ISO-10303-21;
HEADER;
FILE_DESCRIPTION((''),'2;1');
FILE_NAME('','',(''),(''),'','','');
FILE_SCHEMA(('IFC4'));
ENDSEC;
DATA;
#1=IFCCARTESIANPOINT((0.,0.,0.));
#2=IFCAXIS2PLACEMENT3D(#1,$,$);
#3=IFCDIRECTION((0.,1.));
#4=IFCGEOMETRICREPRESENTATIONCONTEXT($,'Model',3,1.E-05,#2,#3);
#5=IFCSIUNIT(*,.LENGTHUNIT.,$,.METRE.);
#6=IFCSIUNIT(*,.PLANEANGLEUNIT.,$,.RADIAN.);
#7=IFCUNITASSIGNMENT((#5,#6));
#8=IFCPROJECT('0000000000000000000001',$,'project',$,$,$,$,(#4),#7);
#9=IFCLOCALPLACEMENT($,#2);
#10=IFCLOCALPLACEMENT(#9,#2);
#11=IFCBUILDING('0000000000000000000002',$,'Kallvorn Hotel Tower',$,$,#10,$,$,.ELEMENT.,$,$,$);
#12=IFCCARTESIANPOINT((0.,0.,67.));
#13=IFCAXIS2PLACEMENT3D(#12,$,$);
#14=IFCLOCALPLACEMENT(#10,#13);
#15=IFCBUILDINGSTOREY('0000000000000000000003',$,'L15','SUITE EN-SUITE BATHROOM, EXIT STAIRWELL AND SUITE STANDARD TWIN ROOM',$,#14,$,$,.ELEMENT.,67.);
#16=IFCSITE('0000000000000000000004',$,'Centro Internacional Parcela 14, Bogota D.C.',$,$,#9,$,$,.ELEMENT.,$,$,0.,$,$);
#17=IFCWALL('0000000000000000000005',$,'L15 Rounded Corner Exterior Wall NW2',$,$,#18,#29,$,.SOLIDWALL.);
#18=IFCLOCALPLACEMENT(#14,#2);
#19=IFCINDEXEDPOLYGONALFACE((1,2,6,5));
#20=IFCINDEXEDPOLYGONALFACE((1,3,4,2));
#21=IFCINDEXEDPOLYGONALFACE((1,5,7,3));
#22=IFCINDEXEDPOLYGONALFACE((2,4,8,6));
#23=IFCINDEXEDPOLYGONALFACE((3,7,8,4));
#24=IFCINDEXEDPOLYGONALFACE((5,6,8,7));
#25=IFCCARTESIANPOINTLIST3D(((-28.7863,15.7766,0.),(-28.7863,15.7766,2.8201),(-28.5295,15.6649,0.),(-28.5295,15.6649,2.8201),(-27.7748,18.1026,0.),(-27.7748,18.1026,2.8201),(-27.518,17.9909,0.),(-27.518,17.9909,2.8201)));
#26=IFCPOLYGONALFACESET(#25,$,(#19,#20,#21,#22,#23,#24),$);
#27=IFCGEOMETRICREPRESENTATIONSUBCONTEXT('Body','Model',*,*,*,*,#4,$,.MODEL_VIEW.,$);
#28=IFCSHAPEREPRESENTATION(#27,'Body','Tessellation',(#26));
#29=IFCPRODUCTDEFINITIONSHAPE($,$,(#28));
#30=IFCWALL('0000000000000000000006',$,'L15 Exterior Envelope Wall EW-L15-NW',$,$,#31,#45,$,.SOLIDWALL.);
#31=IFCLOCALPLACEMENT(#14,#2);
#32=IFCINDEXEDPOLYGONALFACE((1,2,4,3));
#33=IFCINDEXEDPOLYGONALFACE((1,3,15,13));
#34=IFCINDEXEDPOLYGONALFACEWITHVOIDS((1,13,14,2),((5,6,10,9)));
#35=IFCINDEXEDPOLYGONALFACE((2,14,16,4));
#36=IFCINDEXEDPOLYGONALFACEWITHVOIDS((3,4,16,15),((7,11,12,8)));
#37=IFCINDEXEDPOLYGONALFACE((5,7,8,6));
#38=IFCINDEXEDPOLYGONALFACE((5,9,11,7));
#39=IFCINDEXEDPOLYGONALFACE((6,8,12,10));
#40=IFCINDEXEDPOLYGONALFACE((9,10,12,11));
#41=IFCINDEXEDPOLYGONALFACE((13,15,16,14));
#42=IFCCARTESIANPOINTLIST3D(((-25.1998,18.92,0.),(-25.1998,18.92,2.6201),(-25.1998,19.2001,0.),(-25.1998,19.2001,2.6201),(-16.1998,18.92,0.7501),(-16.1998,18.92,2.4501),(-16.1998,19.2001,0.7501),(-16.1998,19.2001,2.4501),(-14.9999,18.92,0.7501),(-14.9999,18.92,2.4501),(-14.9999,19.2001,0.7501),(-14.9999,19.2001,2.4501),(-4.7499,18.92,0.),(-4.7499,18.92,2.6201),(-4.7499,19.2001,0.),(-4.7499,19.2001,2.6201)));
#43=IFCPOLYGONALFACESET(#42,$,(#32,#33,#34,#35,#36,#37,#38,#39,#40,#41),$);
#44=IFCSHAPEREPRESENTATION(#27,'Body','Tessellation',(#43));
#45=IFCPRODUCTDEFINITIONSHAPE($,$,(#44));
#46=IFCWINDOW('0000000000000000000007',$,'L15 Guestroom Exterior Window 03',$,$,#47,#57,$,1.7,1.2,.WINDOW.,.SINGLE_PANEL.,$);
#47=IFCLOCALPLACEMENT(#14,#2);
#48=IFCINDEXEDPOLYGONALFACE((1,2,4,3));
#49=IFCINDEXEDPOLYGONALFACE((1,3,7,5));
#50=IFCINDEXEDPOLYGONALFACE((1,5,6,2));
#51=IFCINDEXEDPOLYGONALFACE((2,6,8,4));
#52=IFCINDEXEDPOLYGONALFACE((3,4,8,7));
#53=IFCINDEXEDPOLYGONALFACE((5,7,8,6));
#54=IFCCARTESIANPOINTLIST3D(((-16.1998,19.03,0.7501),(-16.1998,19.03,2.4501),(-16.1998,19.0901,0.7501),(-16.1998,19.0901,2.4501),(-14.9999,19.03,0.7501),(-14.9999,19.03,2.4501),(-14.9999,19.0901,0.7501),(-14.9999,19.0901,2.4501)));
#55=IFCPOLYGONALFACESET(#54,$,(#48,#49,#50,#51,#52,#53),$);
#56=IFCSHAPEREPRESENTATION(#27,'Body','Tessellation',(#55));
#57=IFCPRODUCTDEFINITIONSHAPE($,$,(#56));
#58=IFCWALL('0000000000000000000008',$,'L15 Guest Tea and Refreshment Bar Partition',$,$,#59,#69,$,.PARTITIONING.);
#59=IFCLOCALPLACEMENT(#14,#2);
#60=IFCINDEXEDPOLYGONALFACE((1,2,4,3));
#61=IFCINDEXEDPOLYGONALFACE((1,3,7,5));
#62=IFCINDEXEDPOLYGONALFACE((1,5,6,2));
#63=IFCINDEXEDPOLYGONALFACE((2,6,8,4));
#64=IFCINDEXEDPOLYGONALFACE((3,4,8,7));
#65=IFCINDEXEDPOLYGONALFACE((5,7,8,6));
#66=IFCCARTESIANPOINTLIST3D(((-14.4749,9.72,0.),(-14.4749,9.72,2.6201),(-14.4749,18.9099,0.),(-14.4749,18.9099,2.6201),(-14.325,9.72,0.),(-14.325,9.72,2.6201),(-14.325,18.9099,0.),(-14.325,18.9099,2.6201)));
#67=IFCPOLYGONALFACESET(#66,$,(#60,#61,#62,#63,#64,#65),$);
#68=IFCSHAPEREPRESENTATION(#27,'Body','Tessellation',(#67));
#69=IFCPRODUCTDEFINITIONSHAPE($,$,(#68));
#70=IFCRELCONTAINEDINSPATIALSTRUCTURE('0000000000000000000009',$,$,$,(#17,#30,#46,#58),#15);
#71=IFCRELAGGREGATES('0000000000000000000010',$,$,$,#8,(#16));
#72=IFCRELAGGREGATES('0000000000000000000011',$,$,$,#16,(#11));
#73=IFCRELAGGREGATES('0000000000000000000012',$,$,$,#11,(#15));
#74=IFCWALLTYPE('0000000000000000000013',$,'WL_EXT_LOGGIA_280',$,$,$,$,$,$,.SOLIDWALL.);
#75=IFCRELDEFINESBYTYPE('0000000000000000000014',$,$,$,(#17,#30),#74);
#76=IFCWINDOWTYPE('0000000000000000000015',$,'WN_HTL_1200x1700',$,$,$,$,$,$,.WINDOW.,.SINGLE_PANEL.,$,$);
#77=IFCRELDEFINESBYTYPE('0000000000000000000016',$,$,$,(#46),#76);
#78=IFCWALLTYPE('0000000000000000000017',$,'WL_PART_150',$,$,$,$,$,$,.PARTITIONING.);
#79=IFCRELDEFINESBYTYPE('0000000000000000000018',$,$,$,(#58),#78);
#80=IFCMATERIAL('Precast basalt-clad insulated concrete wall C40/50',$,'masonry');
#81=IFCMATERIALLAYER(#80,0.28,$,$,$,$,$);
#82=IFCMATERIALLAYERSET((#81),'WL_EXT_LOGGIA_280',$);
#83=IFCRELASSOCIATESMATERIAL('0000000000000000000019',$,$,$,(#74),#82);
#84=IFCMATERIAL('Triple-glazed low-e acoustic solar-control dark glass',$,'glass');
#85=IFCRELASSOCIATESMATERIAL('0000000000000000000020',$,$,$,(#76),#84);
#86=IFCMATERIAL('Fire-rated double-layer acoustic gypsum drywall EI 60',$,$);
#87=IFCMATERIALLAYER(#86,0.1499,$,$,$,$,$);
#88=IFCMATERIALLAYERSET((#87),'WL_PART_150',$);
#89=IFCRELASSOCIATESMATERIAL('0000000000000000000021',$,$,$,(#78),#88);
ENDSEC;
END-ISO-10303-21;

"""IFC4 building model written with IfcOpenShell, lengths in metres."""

from ifc_helpers import new_model, si_unit, direction, frame, frame_2d, origin, place, context, subcontext, project, spatial, rectangle, extrude, material, layer, layer_set, type_object, element, fill, save


model = new_model("IFC4")

# Units and contexts
model_context = context("Model", 3, precision=1e-05, world=origin(), true_north=direction((0.0, 1.0)))
body_context = subcontext(model_context, "Body", "Model", "MODEL_VIEW")
ifc_project = project(units=[si_unit("LENGTHUNIT", "METRE"), si_unit("PLANEANGLEUNIT", "RADIAN")], contexts=[model_context])

# Site, building, storey
site_placement = place(None, origin())
site = spatial("IfcSite", under=ifc_project, at=site_placement, Name="Centro Internacional Parcela 14, Bogota D.C.", CompositionType="ELEMENT", RefElevation=0.0)
building_placement = place(site_placement, origin())
building = spatial("IfcBuilding", under=site, at=building_placement, Name="Kallvorn Hotel Tower", CompositionType="ELEMENT")
storey_placement = place(building_placement, frame((0.0, 0.0, 67.0)))
storey = spatial("IfcBuildingStorey", under=building, at=storey_placement, Name="L15", Description="SUITE EN-SUITE BATHROOM, EXIT STAIRWELL AND SUITE STANDARD TWIN ROOM", CompositionType="ELEMENT", Elevation=67.0)

# Wall
ifc_material_1 = material(Name="Precast basalt-clad insulated concrete wall C40/50", Category="masonry")
ifc_layer_1 = layer(ifc_material_1, 0.28)
ifc_layer_set_1 = layer_set([ifc_layer_1], Name="WL_EXT_LOGGIA_280")
wall_type_1 = type_object("IfcWallType", Name="WL_EXT_LOGGIA_280", PredefinedType="SOLIDWALL", material=ifc_layer_set_1)
wall_1_placement = place(storey_placement, frame((-27.6465, 18.0466, 0.0), z_axis=(0.0, 0.0, 1.0), x_axis=(-0.398793, -0.917041, 0.0)))
element("IfcWall", 1, at=wall_1_placement, inside=storey, type_object=wall_type_1, Name="L15 Rounded Corner Exterior Wall NW2", PredefinedType="SOLIDWALL", context=body_context, shape_type="SweptSolid", body=[
    extrude(rectangle(XDim=2.5364, YDim=0.28, at=frame_2d((1.2681, 0.0))), origin(), (0.0, 0.0, 1.0), 2.8201),
])

# Wall, opening, window
wall_2_placement = place(storey_placement, frame((-25.2, 19.0601, 0.0), z_axis=(0.0, 0.0, 1.0), x_axis=(1.0, 0.0, 0.0)))
wall_2 = element("IfcWall", 2, at=wall_2_placement, inside=storey, type_object=wall_type_1, Name="L15 Exterior Envelope Wall EW-L15-NW", PredefinedType="SOLIDWALL", context=body_context, shape_type="SweptSolid", body=[
    extrude(rectangle(XDim=20.45, YDim=0.28, at=frame_2d((10.2251, 0.0))), origin(), (0.0, 0.0, 1.0), 2.6201),
])
opening_placement = place(wall_2_placement, frame((9.0, 0.0, 0.75)))
opening = element("IfcOpeningElement", 3, at=opening_placement, cuts=wall_2, PredefinedType="OPENING", context=body_context, shape_type="SweptSolid", body=[
    extrude(rectangle(XDim=1.2, YDim=1.7, at=frame_2d((0.6001, 0.8501))), frame((0.0, 0.155, 0.0), z_axis=(0.0, -1.0, 0.0), x_axis=(1.0, 0.0, 0.0)), (0.0, 0.0, 1.0), 0.3101),
])
ifc_material_2 = material(Name="Triple-glazed low-e acoustic solar-control dark glass", Category="glass")
window_type = type_object("IfcWindowType", Name="WN_HTL_1200x1700", PartitioningType="SINGLE_PANEL", PredefinedType="WINDOW", material=ifc_material_2)
window_placement = place(opening_placement, origin())
window = element("IfcWindow", 4, at=window_placement, inside=storey, type_object=window_type, Name="L15 Guestroom Exterior Window 03", OverallHeight=1.7, OverallWidth=1.2, PartitioningType="SINGLE_PANEL", PredefinedType="WINDOW", context=body_context, shape_type="SweptSolid", body=[
    extrude(rectangle(XDim=1.2, YDim=1.7, at=frame_2d((0.6001, 0.8501))), frame((0.0, 0.03, 0.0), z_axis=(0.0, -1.0, 0.0), x_axis=(1.0, 0.0, 0.0)), (0.0, 0.0, 1.0), 0.0601),
])
fill(opening, window)

# Wall
ifc_material_3 = material(Name="Fire-rated double-layer acoustic gypsum drywall EI 60")
ifc_layer_2 = layer(ifc_material_3, 0.1499)
ifc_layer_set_2 = layer_set([ifc_layer_2], Name="WL_PART_150")
wall_type_2 = type_object("IfcWallType", Name="WL_PART_150", PredefinedType="PARTITIONING", material=ifc_layer_set_2)
wall_3_placement = place(storey_placement, frame((-14.3999, 9.72, 0.0), z_axis=(0.0, 0.0, 1.0), x_axis=(0.0, 1.0, 0.0)))
element("IfcWall", 5, at=wall_3_placement, inside=storey, type_object=wall_type_2, Name="L15 Guest Tea and Refreshment Bar Partition", PredefinedType="PARTITIONING", context=body_context, shape_type="SweptSolid", body=[
    extrude(rectangle(XDim=9.1899, YDim=0.1499, at=frame_2d((4.595, 0.0))), origin(), (0.0, 0.0, 1.0), 2.6201),
])

save(model, "model.ifc")
